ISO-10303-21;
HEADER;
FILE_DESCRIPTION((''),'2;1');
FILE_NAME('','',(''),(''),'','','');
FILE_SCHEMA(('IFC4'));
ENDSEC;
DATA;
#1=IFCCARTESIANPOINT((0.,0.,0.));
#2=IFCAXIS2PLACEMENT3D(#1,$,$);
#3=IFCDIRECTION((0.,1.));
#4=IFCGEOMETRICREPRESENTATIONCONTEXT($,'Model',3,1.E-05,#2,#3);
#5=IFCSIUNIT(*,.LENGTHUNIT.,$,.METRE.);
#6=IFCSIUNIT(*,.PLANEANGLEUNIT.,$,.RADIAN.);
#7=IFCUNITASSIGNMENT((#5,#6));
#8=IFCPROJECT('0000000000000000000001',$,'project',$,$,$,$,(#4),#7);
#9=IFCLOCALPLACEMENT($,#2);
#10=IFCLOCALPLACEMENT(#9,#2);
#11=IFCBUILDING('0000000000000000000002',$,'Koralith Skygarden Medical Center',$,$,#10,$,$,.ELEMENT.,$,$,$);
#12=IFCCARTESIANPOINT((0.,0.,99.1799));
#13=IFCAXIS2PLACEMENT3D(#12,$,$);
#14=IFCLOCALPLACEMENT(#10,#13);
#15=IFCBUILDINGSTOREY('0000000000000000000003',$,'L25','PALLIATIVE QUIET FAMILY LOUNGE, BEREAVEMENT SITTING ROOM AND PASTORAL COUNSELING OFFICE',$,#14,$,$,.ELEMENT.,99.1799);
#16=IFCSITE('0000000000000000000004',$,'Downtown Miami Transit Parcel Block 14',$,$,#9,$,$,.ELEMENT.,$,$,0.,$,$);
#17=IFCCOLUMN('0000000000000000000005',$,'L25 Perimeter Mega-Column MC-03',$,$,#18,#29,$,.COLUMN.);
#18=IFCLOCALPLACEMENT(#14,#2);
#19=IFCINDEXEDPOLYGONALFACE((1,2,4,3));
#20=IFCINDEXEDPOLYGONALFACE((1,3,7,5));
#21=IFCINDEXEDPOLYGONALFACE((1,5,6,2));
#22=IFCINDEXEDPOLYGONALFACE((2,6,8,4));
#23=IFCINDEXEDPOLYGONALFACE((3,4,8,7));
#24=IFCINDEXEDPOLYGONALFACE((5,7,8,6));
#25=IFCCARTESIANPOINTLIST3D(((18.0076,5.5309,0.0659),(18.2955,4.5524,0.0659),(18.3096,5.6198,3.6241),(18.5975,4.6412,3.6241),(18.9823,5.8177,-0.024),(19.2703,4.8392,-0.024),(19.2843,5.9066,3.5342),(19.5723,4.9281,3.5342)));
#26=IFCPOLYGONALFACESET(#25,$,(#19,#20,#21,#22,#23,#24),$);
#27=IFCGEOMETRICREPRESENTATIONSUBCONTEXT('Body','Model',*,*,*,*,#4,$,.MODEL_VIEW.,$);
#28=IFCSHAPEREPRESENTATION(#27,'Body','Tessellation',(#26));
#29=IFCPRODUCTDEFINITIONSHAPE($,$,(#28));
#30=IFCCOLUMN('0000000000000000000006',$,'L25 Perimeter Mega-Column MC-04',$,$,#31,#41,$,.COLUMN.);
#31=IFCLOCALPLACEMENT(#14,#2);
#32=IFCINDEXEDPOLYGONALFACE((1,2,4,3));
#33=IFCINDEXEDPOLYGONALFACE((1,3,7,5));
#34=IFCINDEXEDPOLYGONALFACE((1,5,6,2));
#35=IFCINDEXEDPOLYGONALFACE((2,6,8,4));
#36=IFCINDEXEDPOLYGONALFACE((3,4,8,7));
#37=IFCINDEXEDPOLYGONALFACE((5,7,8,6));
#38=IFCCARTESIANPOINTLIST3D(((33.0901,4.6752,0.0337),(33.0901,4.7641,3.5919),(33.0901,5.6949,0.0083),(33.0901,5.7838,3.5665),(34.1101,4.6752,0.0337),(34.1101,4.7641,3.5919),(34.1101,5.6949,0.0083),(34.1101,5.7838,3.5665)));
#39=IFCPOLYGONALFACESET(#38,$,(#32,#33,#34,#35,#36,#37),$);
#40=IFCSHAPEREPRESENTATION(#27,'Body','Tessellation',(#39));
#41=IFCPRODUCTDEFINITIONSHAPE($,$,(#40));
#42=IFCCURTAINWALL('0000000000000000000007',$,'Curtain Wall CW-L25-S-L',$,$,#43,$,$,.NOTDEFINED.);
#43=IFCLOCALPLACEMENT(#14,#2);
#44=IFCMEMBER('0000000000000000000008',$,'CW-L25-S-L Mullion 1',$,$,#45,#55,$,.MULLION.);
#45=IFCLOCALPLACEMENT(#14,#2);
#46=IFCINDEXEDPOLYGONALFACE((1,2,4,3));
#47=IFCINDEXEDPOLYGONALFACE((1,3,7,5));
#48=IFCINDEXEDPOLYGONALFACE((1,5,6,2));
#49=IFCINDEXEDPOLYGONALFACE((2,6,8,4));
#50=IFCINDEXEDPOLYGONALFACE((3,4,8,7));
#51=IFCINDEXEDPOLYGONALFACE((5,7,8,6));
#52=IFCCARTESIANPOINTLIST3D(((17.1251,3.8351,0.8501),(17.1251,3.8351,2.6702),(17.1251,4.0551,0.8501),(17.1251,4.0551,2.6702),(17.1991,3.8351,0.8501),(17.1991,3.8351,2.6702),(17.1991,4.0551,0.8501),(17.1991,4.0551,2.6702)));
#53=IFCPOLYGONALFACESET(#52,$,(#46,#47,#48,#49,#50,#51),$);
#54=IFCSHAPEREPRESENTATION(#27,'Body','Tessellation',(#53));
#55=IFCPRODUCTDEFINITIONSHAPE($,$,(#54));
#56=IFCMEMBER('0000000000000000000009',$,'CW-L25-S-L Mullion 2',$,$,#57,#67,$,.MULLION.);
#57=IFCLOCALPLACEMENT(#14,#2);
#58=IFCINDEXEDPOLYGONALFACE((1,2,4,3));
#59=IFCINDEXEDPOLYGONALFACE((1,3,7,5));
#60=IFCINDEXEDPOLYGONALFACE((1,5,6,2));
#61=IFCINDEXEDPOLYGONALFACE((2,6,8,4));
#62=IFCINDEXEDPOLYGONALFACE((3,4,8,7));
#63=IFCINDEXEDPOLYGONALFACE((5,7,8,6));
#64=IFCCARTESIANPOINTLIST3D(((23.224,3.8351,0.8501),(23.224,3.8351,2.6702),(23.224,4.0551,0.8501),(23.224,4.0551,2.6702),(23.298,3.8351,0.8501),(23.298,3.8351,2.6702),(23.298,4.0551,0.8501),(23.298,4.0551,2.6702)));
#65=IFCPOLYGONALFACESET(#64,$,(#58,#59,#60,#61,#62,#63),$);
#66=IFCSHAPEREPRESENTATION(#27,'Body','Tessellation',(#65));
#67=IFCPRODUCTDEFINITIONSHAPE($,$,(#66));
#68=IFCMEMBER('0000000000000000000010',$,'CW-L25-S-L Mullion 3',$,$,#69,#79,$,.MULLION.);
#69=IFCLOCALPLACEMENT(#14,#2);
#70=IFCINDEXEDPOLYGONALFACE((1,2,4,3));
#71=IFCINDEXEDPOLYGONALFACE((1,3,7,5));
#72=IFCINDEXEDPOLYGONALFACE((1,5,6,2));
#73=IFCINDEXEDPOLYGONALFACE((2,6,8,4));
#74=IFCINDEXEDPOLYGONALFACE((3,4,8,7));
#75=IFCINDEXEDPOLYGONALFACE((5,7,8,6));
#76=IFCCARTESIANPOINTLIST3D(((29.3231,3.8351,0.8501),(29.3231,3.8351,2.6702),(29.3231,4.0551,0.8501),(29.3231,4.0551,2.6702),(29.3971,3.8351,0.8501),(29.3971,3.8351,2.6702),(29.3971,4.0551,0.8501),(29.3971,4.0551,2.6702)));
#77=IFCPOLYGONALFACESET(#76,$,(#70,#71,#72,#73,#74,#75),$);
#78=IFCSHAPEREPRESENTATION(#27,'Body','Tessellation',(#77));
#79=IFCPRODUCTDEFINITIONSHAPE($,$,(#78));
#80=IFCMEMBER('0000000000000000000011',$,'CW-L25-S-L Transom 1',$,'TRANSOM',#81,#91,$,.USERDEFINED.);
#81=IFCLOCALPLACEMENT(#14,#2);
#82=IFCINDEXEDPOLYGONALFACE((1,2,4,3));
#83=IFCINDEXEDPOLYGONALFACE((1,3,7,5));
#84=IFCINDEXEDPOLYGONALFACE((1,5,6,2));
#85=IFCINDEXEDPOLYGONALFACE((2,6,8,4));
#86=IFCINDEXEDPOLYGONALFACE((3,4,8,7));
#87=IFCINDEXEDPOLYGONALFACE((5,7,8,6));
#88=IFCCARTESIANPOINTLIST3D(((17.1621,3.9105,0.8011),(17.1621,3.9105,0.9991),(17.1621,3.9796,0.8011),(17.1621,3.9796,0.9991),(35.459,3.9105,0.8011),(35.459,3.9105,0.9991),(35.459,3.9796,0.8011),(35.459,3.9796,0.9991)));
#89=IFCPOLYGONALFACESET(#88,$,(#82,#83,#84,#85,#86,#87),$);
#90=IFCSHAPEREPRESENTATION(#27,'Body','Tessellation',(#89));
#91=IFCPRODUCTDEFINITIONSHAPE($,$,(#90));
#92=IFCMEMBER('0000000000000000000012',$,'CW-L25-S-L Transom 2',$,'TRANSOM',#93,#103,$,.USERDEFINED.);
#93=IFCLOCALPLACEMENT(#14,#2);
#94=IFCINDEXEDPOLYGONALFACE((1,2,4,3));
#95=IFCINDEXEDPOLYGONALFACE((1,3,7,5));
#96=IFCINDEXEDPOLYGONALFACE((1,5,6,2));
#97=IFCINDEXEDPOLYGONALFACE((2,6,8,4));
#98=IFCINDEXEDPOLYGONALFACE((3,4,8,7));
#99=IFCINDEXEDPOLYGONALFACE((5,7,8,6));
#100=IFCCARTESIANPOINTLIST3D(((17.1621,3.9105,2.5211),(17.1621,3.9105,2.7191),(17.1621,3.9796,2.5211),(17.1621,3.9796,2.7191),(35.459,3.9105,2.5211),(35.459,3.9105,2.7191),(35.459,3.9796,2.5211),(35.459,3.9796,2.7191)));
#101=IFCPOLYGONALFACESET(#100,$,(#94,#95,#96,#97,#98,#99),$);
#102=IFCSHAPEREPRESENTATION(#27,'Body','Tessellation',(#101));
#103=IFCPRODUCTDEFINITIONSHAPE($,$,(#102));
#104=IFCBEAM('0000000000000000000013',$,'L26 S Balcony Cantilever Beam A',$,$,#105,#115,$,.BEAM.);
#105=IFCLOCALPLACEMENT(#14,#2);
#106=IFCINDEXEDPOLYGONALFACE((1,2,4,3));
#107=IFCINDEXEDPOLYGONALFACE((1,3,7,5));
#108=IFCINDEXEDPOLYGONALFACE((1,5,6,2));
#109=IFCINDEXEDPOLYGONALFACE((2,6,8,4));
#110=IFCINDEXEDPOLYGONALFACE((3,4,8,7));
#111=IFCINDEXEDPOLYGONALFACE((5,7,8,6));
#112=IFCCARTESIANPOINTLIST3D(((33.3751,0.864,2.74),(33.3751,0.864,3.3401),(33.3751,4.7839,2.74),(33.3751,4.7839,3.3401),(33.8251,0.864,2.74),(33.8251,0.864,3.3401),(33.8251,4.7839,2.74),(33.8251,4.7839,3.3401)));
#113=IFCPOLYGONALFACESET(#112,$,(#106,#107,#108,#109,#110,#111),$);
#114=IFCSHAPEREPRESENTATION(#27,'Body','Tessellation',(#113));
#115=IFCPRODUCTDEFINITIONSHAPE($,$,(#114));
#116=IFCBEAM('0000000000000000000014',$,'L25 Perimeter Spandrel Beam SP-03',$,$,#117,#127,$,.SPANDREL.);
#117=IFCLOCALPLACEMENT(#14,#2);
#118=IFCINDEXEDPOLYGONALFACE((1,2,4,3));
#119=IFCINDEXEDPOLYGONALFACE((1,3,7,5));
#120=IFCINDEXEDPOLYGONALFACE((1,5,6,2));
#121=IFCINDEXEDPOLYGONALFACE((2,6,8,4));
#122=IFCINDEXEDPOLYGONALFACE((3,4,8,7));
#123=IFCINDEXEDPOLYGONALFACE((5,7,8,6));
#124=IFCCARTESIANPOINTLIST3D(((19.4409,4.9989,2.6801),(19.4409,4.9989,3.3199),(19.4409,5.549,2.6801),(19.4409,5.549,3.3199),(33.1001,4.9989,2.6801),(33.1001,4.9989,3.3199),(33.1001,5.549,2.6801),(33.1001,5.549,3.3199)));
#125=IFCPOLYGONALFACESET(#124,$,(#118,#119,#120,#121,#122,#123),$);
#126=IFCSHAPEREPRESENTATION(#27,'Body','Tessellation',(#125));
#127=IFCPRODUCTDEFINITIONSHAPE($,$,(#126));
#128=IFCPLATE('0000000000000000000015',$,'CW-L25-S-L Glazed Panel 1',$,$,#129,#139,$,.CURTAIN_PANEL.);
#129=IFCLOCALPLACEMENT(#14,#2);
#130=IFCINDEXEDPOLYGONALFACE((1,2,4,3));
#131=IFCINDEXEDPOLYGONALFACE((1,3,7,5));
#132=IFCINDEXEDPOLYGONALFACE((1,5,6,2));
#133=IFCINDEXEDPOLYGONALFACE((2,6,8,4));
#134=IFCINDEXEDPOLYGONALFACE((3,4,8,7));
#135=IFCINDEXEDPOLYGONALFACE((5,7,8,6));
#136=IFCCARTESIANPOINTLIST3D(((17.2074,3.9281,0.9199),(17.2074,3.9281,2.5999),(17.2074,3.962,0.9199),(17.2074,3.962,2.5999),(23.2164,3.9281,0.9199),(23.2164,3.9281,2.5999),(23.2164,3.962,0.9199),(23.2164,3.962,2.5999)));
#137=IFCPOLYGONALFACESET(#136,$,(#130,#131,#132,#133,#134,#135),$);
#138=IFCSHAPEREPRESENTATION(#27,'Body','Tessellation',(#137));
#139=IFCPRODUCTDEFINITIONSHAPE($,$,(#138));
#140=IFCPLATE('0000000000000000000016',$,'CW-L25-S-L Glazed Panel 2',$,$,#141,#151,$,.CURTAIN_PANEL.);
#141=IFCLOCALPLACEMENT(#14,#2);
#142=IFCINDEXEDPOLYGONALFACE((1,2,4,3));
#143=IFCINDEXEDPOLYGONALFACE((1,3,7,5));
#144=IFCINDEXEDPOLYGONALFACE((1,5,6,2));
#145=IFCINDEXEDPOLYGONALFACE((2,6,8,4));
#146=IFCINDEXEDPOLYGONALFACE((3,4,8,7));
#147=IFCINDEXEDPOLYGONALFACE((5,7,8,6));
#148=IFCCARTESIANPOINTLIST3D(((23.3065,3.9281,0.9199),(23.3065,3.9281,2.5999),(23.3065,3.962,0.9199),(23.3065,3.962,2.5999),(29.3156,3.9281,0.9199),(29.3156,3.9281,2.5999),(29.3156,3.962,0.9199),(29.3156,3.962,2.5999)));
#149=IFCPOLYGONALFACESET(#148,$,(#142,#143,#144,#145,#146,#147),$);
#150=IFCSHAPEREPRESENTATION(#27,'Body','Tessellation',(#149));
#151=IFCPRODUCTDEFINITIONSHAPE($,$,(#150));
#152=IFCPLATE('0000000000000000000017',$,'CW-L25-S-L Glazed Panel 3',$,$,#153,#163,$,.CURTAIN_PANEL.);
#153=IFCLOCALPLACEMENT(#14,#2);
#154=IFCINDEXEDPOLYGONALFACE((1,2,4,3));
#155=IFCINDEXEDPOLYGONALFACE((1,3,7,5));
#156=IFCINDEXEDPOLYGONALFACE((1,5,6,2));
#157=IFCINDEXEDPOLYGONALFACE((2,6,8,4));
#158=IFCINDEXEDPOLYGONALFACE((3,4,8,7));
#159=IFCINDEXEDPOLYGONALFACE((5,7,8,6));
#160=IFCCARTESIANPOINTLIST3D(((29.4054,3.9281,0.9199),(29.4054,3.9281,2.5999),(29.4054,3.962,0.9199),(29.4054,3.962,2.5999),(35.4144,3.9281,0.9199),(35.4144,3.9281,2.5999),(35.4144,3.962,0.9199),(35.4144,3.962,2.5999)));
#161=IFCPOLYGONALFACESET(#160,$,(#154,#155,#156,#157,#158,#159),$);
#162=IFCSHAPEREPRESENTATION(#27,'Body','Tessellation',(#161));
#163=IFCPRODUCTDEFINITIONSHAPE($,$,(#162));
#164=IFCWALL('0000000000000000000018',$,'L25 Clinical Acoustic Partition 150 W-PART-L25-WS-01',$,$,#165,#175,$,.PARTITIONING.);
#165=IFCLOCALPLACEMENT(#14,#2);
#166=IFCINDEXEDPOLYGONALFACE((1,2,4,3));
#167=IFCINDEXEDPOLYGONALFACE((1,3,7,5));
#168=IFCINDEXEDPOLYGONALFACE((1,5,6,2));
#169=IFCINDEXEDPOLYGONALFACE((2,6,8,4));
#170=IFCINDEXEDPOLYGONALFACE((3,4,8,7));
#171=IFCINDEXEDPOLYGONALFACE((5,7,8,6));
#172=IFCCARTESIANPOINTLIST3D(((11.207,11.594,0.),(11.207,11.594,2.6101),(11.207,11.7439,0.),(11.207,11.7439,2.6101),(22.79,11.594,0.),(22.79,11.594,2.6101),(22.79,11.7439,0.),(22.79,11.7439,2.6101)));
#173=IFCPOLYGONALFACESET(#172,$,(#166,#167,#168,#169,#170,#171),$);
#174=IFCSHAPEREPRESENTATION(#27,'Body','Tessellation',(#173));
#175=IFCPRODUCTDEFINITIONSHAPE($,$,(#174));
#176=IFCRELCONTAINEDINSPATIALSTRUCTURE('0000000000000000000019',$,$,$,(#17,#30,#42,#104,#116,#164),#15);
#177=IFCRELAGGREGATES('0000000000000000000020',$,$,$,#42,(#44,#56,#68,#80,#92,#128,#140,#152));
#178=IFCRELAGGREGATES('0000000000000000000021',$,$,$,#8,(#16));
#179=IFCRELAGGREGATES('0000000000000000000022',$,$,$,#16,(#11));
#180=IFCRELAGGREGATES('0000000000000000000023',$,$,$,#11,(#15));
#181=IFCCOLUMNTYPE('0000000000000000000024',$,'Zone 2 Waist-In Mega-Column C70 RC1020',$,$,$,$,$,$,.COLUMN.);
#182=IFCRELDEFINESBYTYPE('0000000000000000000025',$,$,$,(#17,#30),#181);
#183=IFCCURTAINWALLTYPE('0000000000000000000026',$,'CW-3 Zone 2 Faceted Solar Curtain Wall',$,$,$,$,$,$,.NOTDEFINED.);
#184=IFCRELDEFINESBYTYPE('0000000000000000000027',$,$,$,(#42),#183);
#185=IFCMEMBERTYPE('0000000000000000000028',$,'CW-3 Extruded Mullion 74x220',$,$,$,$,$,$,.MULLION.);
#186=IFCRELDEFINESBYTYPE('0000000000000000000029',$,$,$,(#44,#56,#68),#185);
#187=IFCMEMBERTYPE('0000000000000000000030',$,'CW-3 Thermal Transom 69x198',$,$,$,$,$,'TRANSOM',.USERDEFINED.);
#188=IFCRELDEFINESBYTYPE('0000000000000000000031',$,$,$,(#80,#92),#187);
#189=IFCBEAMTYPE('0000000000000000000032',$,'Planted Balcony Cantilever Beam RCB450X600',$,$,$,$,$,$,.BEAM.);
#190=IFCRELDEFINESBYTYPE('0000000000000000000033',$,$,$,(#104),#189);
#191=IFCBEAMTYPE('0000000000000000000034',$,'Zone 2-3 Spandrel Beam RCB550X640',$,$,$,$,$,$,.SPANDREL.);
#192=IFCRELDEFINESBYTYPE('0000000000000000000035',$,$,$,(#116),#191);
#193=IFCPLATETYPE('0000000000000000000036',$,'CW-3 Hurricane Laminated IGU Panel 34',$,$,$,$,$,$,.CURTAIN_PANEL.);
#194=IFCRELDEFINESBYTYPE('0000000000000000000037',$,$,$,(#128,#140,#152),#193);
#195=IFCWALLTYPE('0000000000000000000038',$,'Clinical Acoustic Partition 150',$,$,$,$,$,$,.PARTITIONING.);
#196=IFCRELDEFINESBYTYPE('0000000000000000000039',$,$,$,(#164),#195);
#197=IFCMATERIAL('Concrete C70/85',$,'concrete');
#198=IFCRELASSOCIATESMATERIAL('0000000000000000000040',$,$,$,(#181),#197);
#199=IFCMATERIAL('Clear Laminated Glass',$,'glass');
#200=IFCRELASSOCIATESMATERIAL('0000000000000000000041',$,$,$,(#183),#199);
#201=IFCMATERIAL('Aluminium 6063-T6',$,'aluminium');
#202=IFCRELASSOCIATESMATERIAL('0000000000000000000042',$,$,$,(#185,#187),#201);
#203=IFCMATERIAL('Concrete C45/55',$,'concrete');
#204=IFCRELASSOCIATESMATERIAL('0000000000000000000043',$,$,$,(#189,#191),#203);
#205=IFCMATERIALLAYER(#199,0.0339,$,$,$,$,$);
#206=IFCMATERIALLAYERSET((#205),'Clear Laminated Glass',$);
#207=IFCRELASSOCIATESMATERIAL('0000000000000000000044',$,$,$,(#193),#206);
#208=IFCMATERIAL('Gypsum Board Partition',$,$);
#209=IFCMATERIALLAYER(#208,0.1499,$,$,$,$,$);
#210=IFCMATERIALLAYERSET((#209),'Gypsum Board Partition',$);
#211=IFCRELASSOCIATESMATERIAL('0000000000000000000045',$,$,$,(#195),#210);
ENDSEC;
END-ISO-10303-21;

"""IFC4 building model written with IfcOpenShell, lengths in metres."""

from ifc_helpers import new_model, si_unit, direction, frame, frame_2d, origin, origin_2d, place, context, subcontext, project, spatial, rectangle, extrude, material, layer, layer_set, material_profile, profile_set, type_object, element, aggregate, save


model = new_model("IFC4")

# Units and contexts
model_context = context("Model", 3, precision=1e-05, world=origin(), true_north=direction((0.0, 1.0)))
body_context = subcontext(model_context, "Body", "Model", "MODEL_VIEW")
ifc_project = project(units=[si_unit("LENGTHUNIT", "METRE"), si_unit("PLANEANGLEUNIT", "RADIAN")], contexts=[model_context])

# Site, building, storey
site_placement = place(None, origin())
site = spatial("IfcSite", under=ifc_project, at=site_placement, Name="Downtown Miami Transit Parcel Block 14", CompositionType="ELEMENT", RefElevation=0.0)
building_placement = place(site_placement, origin())
building = spatial("IfcBuilding", under=site, at=building_placement, Name="Koralith Skygarden Medical Center", CompositionType="ELEMENT")
storey_placement = place(building_placement, frame((0.0, 0.0, 99.1799)))
storey = spatial("IfcBuildingStorey", under=building, at=storey_placement, Name="L25", Description="PALLIATIVE QUIET FAMILY LOUNGE, BEREAVEMENT SITTING ROOM AND PASTORAL COUNSELING OFFICE", CompositionType="ELEMENT", Elevation=99.1799)

# Columns
ifc_material_1 = material(Name="Concrete C70/85", Category="concrete")
ifc_material_profile_1 = material_profile(ifc_material_1, rectangle(XDim=1.02, YDim=1.02, at=origin_2d()), Name="RC1020X1020")
ifc_profile_set_1 = profile_set([ifc_material_profile_1], Name="Concrete C70/85")
column_type = type_object("IfcColumnType", Name="Zone 2 Waist-In Mega-Column C70 RC1020", PredefinedType="COLUMN", material=ifc_profile_set_1)
column_1_placement = place(storey_placement, frame((18.6389, 5.1851, 0.021), z_axis=(0.084547, 0.024879, 0.996109), x_axis=(-0.282292, 0.959328, 0.0)))
element("IfcColumn", 1, at=column_1_placement, inside=storey, type_object=column_type, Name="L25 Perimeter Mega-Column MC-03", PredefinedType="COLUMN", context=body_context, shape_type="SweptSolid", body=[
    extrude(rectangle(XDim=1.02, YDim=1.02, at=origin_2d()), origin(), (0.0, 0.0, 1.0), 3.572),
])
column_2_placement = place(storey_placement, frame((33.6001, 5.1851, 0.021), z_axis=(0.0, 0.024968, 0.999688), x_axis=(-1.0, 0.0, 0.0)))
element("IfcColumn", 2, at=column_2_placement, inside=storey, type_object=column_type, Name="L25 Perimeter Mega-Column MC-04", PredefinedType="COLUMN", context=body_context, shape_type="SweptSolid", body=[
    extrude(rectangle(XDim=1.02, YDim=1.02, at=origin_2d()), origin(), (0.0, 0.0, 1.0), 3.5593),
])

# Curtain wall, members
ifc_material_2 = material(Name="Clear Laminated Glass", Category="glass")
curtain_wall_type = type_object("IfcCurtainWallType", Name="CW-3 Zone 2 Faceted Solar Curtain Wall", PredefinedType="NOTDEFINED", material=ifc_material_2)
curtain_wall_placement = place(storey_placement, origin())
curtain_wall = element("IfcCurtainWall", 3, at=curtain_wall_placement, inside=storey, type_object=curtain_wall_type, Name="Curtain Wall CW-L25-S-L", PredefinedType="NOTDEFINED")
ifc_material_3 = material(Name="Aluminium 6063-T6", Category="aluminium")
ifc_material_profile_2 = material_profile(ifc_material_3, rectangle(XDim=0.074, YDim=0.22, at=origin_2d()), Name="MUL74X220")
ifc_profile_set_2 = profile_set([ifc_material_profile_2], Name="Aluminium 6063-T6")
member_type_1 = type_object("IfcMemberType", Name="CW-3 Extruded Mullion 74x220", PredefinedType="MULLION", material=ifc_profile_set_2)
member_1_placement = place(storey_placement, frame((17.1621, 3.9451, 0.8501), z_axis=(0.0, 0.0, 1.0), x_axis=(1.0, 0.0, 0.0)))
member_1 = element("IfcMember", 4, at=member_1_placement, type_object=member_type_1, Name="CW-L25-S-L Mullion 1", PredefinedType="MULLION", context=body_context, shape_type="SweptSolid", body=[
    extrude(rectangle(XDim=0.074, YDim=0.22, at=origin_2d()), origin(), (0.0, 0.0, 1.0), 1.8201),
])
member_2_placement = place(storey_placement, frame((23.261, 3.9451, 0.8501), z_axis=(0.0, 0.0, 1.0), x_axis=(1.0, 0.0, 0.0)))
member_2 = element("IfcMember", 5, at=member_2_placement, type_object=member_type_1, Name="CW-L25-S-L Mullion 2", PredefinedType="MULLION", context=body_context, shape_type="SweptSolid", body=[
    extrude(rectangle(XDim=0.074, YDim=0.22, at=origin_2d()), origin(), (0.0, 0.0, 1.0), 1.8201),
])
member_3_placement = place(storey_placement, frame((29.3601, 3.9451, 0.8501), z_axis=(0.0, 0.0, 1.0), x_axis=(1.0, 0.0, 0.0)))
member_3 = element("IfcMember", 6, at=member_3_placement, type_object=member_type_1, Name="CW-L25-S-L Mullion 3", PredefinedType="MULLION", context=body_context, shape_type="SweptSolid", body=[
    extrude(rectangle(XDim=0.074, YDim=0.22, at=origin_2d()), origin(), (0.0, 0.0, 1.0), 1.8201),
])
ifc_material_profile_3 = material_profile(ifc_material_3, rectangle(XDim=0.0691, YDim=0.198, at=origin_2d()), Name="TRN69X198")
ifc_profile_set_3 = profile_set([ifc_material_profile_3], Name="Aluminium 6063-T6")
member_type_2 = type_object("IfcMemberType", Name="CW-3 Thermal Transom 69x198", ElementType="TRANSOM", PredefinedType="USERDEFINED", material=ifc_profile_set_3)
member_4_placement = place(storey_placement, frame((17.1621, 3.9451, 0.9001), z_axis=(1.0, 0.0, 0.0), x_axis=(0.0, 1.0, 0.0)))
member_4 = element("IfcMember", 7, at=member_4_placement, type_object=member_type_2, Name="CW-L25-S-L Transom 1", ObjectType="TRANSOM", PredefinedType="USERDEFINED", context=body_context, shape_type="SweptSolid", body=[
    extrude(rectangle(XDim=0.0691, YDim=0.198, at=origin_2d()), origin(), (0.0, 0.0, 1.0), 18.2969),
])
member_5_placement = place(storey_placement, frame((17.1621, 3.9451, 2.6201), z_axis=(1.0, 0.0, 0.0), x_axis=(0.0, 1.0, 0.0)))
member_5 = element("IfcMember", 8, at=member_5_placement, type_object=member_type_2, Name="CW-L25-S-L Transom 2", ObjectType="TRANSOM", PredefinedType="USERDEFINED", context=body_context, shape_type="SweptSolid", body=[
    extrude(rectangle(XDim=0.0691, YDim=0.198, at=origin_2d()), origin(), (0.0, 0.0, 1.0), 18.2969),
])

# Beams
ifc_material_4 = material(Name="Concrete C45/55", Category="concrete")
ifc_material_profile_4 = material_profile(ifc_material_4, rectangle(XDim=0.45, YDim=0.6001, at=origin_2d()), Name="RCB450X600")
ifc_profile_set_4 = profile_set([ifc_material_profile_4], Name="Concrete C45/55")
beam_type_1 = type_object("IfcBeamType", Name="Planted Balcony Cantilever Beam RCB450X600", PredefinedType="BEAM", material=ifc_profile_set_4)
beam_1_placement = place(storey_placement, frame((33.6001, 4.7839, 3.04), z_axis=(0.0, -1.0, 0.0), x_axis=(1.0, 0.0, 0.0)))
element("IfcBeam", 9, at=beam_1_placement, inside=storey, type_object=beam_type_1, Name="L26 S Balcony Cantilever Beam A", PredefinedType="BEAM", context=body_context, shape_type="SweptSolid", body=[
    extrude(rectangle(XDim=0.45, YDim=0.6001, at=origin_2d()), origin(), (0.0, 0.0, 1.0), 3.9199),
])
ifc_material_profile_5 = material_profile(ifc_material_4, rectangle(XDim=0.55, YDim=0.6399, at=origin_2d()), Name="RCB550X640")
ifc_profile_set_5 = profile_set([ifc_material_profile_5], Name="Concrete C45/55")
beam_type_2 = type_object("IfcBeamType", Name="Zone 2-3 Spandrel Beam RCB550X640", PredefinedType="SPANDREL", material=ifc_profile_set_5)
beam_2_placement = place(storey_placement, frame((19.4409, 5.2739, 3.0), z_axis=(1.0, 0.0, 0.0), x_axis=(0.0, 1.0, 0.0)))
element("IfcBeam", 10, at=beam_2_placement, inside=storey, type_object=beam_type_2, Name="L25 Perimeter Spandrel Beam SP-03", PredefinedType="SPANDREL", context=body_context, shape_type="SweptSolid", body=[
    extrude(rectangle(XDim=0.55, YDim=0.6399, at=origin_2d()), origin(), (0.0, 0.0, 1.0), 13.6592),
])

# Plates
ifc_layer_1 = layer(ifc_material_2, 0.0339)
ifc_layer_set_1 = layer_set([ifc_layer_1], Name="Clear Laminated Glass")
plate_type = type_object("IfcPlateType", Name="CW-3 Hurricane Laminated IGU Panel 34", PredefinedType="CURTAIN_PANEL", material=ifc_layer_set_1)
plate_1_placement = place(storey_placement, frame((20.2119, 3.9451, 0.9199), z_axis=(0.0, 0.0, 1.0), x_axis=(1.0, 0.0, 0.0)))
plate_1 = element("IfcPlate", 11, at=plate_1_placement, type_object=plate_type, Name="CW-L25-S-L Glazed Panel 1", PredefinedType="CURTAIN_PANEL", context=body_context, shape_type="SweptSolid", body=[
    extrude(rectangle(XDim=6.009, YDim=0.0339, at=origin_2d()), origin(), (0.0, 0.0, 1.0), 1.6799),
])
plate_2_placement = place(storey_placement, frame((26.311, 3.9451, 0.9199), z_axis=(0.0, 0.0, 1.0), x_axis=(1.0, 0.0, 0.0)))
plate_2 = element("IfcPlate", 12, at=plate_2_placement, type_object=plate_type, Name="CW-L25-S-L Glazed Panel 2", PredefinedType="CURTAIN_PANEL", context=body_context, shape_type="SweptSolid", body=[
    extrude(rectangle(XDim=6.009, YDim=0.0339, at=origin_2d()), origin(), (0.0, 0.0, 1.0), 1.6799),
])
plate_3_placement = place(storey_placement, frame((32.4099, 3.9451, 0.9199), z_axis=(0.0, 0.0, 1.0), x_axis=(1.0, 0.0, 0.0)))
plate_3 = element("IfcPlate", 13, at=plate_3_placement, type_object=plate_type, Name="CW-L25-S-L Glazed Panel 3", PredefinedType="CURTAIN_PANEL", context=body_context, shape_type="SweptSolid", body=[
    extrude(rectangle(XDim=6.009, YDim=0.0339, at=origin_2d()), origin(), (0.0, 0.0, 1.0), 1.6799),
])
aggregate(curtain_wall, [member_1, member_2, member_3, member_4, member_5, plate_1, plate_2, plate_3])

# Wall
ifc_material_5 = material(Name="Gypsum Board Partition")
ifc_layer_2 = layer(ifc_material_5, 0.1499)
ifc_layer_set_2 = layer_set([ifc_layer_2], Name="Gypsum Board Partition")
wall_type_1 = type_object("IfcWallType", Name="Clinical Acoustic Partition 150", PredefinedType="PARTITIONING", material=ifc_layer_set_2)
wall_1_placement = place(storey_placement, frame((22.79, 11.6689, 0.0), z_axis=(0.0, 0.0, 1.0), x_axis=(-1.0, 0.0, 0.0)))
element("IfcWall", 14, at=wall_1_placement, inside=storey, type_object=wall_type_1, Name="L25 Clinical Acoustic Partition 150 W-PART-L25-WS-01", PredefinedType="PARTITIONING", context=body_context, shape_type="SweptSolid", body=[
    extrude(rectangle(XDim=11.583, YDim=0.1499, at=frame_2d((5.7915, 0.0))), origin(), (0.0, 0.0, 1.0), 2.6101),
])

save(model, "model.ifc")
